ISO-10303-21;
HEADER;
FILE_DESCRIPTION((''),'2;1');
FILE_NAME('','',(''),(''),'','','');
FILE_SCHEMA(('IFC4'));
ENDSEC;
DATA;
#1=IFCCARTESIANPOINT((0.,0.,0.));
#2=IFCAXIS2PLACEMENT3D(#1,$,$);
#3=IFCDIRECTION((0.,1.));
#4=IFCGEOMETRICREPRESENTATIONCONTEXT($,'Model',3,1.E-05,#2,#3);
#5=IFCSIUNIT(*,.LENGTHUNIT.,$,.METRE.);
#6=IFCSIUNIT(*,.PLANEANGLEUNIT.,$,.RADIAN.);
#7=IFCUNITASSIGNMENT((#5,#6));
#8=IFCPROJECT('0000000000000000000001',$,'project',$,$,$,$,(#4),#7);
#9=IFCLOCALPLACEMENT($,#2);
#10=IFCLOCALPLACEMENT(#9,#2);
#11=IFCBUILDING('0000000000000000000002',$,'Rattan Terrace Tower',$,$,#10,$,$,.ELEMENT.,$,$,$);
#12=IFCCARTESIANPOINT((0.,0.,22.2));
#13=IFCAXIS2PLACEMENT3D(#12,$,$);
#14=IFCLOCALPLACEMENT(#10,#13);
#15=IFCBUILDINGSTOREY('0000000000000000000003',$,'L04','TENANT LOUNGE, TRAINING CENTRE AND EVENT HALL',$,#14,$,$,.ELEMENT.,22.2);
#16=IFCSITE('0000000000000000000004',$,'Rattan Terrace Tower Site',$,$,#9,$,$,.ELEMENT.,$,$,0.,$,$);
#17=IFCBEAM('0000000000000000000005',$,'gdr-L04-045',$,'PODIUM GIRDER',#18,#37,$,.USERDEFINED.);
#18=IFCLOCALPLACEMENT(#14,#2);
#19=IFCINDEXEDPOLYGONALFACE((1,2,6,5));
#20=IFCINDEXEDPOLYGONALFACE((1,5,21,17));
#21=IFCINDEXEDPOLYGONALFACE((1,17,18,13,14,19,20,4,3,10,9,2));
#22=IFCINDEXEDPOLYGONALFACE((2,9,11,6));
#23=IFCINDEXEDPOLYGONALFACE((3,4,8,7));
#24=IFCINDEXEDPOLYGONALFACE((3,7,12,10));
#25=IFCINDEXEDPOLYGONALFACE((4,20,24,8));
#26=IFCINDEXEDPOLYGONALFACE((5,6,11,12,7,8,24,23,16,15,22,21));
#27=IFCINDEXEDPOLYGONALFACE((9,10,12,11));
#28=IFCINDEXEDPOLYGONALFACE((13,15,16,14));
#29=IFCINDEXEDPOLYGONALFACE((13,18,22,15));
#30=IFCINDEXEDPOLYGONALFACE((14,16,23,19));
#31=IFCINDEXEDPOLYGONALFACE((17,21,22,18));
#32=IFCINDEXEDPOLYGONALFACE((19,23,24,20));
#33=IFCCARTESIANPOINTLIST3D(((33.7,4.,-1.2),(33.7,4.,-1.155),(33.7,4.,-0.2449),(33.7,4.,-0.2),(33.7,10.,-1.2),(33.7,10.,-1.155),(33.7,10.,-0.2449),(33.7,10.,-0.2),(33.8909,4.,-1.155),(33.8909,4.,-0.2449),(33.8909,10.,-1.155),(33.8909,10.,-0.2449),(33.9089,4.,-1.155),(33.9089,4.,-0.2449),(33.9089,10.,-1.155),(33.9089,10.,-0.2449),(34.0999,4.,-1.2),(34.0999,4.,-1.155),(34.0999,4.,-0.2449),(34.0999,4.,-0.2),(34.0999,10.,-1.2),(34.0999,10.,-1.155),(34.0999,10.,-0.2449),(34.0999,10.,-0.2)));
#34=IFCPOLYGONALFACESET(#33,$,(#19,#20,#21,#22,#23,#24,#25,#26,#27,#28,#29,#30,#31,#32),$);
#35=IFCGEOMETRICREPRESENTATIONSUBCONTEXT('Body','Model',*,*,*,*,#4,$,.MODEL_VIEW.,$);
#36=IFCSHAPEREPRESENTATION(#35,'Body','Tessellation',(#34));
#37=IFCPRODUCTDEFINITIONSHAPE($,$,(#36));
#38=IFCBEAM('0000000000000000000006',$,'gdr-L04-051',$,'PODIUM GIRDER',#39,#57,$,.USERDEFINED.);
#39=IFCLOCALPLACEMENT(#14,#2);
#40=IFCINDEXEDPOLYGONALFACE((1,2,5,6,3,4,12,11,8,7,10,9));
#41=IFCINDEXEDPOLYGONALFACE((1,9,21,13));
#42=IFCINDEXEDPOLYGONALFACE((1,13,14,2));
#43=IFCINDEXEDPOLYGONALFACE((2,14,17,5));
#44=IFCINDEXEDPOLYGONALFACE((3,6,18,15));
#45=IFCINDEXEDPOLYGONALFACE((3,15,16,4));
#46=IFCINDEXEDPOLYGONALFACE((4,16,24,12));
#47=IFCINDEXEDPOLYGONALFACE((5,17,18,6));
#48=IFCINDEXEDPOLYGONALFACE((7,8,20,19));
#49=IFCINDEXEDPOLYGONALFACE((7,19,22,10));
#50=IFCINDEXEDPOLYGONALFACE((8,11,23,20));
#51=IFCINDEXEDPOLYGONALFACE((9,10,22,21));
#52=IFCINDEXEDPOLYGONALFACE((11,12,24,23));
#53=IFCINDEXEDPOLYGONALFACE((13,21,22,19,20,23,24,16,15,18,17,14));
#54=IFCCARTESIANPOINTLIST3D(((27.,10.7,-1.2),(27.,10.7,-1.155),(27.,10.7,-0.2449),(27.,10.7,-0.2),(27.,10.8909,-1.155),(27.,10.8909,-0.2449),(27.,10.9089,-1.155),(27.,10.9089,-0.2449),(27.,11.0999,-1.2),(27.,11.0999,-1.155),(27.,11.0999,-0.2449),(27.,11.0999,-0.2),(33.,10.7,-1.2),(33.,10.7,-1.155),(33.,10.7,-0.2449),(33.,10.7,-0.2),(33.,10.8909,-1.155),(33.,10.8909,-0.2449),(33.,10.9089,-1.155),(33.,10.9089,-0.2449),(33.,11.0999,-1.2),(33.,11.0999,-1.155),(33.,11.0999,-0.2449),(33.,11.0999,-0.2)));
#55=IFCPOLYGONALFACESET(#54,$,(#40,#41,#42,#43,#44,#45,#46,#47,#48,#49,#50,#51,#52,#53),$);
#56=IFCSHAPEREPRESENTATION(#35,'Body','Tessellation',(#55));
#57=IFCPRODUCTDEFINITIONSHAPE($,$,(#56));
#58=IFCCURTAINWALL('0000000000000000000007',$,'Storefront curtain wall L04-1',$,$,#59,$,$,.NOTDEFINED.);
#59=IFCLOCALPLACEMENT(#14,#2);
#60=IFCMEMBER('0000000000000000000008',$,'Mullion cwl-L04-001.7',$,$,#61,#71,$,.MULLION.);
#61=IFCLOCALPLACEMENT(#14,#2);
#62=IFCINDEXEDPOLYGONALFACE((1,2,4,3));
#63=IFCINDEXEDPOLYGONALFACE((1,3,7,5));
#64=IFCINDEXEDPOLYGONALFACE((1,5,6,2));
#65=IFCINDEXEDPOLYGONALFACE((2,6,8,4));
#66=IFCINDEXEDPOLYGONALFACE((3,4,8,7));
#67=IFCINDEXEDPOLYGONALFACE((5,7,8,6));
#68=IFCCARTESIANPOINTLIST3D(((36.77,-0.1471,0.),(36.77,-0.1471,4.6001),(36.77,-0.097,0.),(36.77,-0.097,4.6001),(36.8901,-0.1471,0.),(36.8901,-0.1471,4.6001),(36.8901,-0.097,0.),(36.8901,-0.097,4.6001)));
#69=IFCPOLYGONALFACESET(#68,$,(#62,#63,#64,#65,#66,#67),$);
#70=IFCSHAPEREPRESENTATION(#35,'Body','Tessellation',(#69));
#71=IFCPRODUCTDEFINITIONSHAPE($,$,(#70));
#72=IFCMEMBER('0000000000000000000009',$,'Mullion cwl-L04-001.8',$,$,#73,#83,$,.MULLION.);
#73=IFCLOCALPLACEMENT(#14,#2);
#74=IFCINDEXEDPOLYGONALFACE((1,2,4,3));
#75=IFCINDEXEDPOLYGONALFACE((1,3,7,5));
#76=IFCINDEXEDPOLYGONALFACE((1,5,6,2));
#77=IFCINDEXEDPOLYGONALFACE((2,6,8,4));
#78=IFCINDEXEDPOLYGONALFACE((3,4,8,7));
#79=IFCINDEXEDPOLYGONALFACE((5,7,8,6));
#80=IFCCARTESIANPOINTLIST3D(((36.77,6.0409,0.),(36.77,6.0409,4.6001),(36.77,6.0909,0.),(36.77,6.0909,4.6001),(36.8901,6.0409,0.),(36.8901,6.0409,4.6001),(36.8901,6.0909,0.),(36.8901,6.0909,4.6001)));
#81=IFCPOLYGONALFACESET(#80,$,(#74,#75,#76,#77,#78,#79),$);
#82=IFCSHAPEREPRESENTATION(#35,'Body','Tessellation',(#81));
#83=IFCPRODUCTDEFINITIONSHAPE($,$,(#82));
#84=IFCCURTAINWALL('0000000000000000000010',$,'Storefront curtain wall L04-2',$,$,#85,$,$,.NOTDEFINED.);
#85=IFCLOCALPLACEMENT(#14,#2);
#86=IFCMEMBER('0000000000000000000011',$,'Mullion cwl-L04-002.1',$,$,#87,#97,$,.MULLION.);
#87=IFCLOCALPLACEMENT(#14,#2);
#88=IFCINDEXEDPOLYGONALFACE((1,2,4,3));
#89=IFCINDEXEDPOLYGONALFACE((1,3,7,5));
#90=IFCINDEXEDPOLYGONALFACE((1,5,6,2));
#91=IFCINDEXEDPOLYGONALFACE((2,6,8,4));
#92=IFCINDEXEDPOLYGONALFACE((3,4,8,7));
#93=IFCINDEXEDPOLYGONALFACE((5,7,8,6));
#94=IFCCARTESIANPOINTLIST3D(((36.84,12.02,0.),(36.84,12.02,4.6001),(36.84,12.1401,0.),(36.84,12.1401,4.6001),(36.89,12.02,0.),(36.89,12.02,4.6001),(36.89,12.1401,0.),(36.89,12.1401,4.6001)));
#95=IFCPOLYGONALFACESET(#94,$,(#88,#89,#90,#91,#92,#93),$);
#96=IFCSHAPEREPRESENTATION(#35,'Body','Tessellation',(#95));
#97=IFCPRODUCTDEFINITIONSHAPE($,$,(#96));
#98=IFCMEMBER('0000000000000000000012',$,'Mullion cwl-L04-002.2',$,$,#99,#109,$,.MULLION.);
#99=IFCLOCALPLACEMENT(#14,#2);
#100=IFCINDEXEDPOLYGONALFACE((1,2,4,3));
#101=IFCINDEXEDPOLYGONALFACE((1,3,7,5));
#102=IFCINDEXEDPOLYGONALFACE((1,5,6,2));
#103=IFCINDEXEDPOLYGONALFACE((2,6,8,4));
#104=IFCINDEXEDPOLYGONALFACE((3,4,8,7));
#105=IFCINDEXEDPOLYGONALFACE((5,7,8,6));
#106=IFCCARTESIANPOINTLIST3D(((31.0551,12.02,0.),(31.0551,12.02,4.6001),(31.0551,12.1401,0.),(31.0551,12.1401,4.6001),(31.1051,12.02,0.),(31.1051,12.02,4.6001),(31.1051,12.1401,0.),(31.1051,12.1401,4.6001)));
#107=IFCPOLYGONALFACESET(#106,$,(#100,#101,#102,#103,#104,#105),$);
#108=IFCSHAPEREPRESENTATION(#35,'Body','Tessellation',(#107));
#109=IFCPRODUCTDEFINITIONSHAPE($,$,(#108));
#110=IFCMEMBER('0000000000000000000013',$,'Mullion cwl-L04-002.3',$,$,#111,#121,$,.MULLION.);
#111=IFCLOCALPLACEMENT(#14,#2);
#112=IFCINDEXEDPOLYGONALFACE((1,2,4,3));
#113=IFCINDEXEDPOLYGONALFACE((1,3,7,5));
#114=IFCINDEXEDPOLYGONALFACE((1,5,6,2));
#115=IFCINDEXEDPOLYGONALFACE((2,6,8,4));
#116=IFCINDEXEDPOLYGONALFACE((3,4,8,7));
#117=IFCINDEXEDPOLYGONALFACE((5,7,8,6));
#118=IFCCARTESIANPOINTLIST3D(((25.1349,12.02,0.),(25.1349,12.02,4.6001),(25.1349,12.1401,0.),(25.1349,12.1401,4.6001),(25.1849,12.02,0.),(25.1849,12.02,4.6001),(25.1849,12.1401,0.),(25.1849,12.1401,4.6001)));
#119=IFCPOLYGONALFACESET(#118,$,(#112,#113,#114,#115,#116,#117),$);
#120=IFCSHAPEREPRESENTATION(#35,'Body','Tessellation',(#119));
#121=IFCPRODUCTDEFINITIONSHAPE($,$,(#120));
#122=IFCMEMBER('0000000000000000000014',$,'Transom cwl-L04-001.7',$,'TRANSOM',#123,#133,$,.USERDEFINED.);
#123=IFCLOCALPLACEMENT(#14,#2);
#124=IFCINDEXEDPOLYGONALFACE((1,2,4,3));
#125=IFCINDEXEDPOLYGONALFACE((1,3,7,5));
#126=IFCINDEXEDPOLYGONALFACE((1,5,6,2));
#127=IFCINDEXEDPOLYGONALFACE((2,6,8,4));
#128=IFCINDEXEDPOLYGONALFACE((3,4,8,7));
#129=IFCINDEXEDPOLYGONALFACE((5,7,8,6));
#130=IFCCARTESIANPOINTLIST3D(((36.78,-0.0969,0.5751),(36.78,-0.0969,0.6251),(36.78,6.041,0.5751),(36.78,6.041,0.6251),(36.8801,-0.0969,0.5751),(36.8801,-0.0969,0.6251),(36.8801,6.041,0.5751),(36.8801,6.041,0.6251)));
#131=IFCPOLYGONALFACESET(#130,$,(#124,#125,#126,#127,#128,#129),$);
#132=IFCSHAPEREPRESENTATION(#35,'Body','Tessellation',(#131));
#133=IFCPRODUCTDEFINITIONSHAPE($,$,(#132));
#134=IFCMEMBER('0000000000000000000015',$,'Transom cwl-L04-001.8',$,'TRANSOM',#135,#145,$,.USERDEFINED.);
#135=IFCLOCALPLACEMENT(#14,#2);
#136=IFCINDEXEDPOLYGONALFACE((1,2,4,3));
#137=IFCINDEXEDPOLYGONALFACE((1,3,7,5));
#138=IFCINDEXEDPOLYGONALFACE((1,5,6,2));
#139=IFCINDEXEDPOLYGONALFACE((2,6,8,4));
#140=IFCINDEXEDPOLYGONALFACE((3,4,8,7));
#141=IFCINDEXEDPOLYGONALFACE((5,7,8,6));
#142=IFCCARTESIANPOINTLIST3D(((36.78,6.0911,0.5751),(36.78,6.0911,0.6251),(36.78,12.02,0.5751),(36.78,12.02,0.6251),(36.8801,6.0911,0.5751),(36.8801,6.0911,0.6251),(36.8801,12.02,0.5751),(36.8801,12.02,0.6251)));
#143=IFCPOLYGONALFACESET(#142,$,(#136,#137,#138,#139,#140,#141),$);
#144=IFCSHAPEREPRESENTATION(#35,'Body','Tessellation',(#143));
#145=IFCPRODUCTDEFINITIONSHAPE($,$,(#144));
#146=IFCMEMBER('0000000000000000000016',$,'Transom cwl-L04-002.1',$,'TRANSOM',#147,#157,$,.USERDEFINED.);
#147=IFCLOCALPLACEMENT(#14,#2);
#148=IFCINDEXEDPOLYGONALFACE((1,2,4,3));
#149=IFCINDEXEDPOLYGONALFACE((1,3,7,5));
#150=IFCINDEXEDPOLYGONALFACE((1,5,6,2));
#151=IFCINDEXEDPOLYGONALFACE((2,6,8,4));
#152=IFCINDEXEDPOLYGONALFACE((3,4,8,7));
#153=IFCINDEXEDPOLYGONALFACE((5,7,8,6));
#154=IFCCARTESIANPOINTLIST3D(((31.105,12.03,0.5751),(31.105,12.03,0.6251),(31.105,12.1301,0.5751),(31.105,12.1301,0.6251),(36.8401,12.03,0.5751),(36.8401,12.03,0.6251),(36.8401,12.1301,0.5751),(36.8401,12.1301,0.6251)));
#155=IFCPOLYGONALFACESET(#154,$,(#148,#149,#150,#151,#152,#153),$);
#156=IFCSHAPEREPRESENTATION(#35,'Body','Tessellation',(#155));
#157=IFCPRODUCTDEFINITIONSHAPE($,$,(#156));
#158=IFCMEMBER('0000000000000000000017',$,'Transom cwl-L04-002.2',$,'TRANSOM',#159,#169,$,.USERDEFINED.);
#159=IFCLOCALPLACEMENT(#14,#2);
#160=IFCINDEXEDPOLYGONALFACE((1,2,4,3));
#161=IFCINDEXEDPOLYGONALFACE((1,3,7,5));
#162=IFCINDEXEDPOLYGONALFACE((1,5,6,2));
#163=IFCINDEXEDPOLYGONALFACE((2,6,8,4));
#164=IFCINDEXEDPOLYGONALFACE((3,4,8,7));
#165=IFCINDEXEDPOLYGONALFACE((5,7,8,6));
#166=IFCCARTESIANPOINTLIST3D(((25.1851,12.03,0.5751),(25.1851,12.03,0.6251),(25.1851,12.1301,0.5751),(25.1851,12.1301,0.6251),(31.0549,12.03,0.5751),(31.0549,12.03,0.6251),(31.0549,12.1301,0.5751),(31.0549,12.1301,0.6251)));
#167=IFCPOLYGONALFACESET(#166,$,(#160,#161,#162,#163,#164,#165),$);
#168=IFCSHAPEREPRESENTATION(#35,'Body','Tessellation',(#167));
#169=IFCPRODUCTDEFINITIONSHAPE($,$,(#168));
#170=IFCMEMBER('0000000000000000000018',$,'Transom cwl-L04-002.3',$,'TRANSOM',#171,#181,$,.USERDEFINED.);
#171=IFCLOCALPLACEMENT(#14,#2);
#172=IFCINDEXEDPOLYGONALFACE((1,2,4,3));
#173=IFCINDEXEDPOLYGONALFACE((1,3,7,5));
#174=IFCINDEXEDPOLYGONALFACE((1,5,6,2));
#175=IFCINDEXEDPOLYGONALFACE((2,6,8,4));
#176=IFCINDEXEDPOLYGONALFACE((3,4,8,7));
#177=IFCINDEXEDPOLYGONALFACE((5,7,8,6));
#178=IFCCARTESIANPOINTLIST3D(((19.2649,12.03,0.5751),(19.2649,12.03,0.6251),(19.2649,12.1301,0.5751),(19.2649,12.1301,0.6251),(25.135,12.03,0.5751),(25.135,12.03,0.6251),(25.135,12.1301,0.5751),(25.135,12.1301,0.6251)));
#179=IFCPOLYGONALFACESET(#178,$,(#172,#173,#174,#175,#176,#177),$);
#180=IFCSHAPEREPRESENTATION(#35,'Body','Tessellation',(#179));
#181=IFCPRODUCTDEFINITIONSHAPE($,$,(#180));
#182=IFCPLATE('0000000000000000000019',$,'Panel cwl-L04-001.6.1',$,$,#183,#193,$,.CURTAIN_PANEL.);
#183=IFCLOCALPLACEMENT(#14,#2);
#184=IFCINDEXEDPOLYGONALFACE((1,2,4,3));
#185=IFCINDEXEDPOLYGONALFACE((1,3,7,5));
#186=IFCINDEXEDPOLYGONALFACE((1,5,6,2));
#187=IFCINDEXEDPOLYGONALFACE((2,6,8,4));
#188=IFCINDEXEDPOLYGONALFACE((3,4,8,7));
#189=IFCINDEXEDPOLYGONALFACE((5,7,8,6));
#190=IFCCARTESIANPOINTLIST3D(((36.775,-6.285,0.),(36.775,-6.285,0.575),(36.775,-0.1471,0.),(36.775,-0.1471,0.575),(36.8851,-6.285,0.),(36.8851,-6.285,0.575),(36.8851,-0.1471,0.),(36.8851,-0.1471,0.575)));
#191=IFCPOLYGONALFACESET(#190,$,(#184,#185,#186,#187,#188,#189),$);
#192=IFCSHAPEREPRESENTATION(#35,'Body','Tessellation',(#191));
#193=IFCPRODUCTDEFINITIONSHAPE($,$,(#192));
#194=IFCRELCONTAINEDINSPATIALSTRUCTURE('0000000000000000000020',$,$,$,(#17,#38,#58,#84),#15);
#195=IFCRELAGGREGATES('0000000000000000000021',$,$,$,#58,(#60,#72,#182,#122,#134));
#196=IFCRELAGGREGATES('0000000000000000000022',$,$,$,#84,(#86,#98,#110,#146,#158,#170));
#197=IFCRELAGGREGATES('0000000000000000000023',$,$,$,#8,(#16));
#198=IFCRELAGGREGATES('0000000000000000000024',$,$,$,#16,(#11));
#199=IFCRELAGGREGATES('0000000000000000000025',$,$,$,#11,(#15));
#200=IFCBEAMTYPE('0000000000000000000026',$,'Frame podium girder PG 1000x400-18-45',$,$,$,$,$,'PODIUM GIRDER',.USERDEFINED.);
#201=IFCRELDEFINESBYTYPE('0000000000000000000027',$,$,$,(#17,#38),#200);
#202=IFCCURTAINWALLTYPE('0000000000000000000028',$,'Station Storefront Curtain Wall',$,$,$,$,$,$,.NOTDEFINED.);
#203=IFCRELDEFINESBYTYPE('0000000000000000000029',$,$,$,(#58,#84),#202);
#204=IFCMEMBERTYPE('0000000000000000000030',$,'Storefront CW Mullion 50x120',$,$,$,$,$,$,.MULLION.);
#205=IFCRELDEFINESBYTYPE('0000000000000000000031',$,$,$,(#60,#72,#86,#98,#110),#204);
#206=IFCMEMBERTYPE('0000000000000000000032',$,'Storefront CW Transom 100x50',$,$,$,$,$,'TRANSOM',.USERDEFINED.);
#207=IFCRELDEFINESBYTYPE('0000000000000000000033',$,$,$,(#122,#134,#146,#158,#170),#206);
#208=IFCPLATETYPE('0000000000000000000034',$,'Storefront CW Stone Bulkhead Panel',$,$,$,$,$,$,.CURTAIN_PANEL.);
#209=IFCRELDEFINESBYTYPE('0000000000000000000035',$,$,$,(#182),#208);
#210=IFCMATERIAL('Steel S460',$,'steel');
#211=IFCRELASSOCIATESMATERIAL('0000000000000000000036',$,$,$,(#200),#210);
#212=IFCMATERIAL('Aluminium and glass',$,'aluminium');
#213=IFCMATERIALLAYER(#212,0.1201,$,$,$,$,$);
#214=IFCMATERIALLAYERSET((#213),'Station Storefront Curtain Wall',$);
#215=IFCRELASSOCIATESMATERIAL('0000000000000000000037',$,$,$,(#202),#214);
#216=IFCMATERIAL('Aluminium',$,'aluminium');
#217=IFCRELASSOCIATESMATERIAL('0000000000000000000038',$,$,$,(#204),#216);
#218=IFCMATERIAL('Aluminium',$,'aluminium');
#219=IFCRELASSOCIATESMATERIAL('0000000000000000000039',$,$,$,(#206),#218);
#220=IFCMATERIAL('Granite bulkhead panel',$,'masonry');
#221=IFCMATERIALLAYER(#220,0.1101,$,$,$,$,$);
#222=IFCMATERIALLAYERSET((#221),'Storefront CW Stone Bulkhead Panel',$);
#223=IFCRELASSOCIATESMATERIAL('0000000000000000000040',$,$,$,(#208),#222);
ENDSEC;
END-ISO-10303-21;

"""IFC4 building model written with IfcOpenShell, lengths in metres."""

from ifc_helpers import new_model, si_unit, direction, frame, origin, origin_2d, place, context, subcontext, project, spatial, rectangle, i_section, extrude, material, layer, layer_set, material_profile, profile_set, type_object, element, aggregate, save


model = new_model("IFC4")

# Units and contexts
model_context = context("Model", 3, precision=1e-05, world=origin(), true_north=direction((0.0, 1.0)))
body_context = subcontext(model_context, "Body", "Model", "MODEL_VIEW")
ifc_project = project(units=[si_unit("LENGTHUNIT", "METRE"), si_unit("PLANEANGLEUNIT", "RADIAN")], contexts=[model_context])

# Site, building, storey
site_placement = place(None, origin())
site = spatial("IfcSite", under=ifc_project, at=site_placement, Name="Rattan Terrace Tower Site", CompositionType="ELEMENT", RefElevation=0.0)
building_placement = place(site_placement, origin())
building = spatial("IfcBuilding", under=site, at=building_placement, Name="Rattan Terrace Tower", CompositionType="ELEMENT")
storey_placement = place(building_placement, frame((0.0, 0.0, 22.2)))
storey = spatial("IfcBuildingStorey", under=building, at=storey_placement, Name="L04", Description="TENANT LOUNGE, TRAINING CENTRE AND EVENT HALL", CompositionType="ELEMENT", Elevation=22.2)

# Beams
ifc_material_1 = material(Name="Steel S460", Category="steel")
ifc_material_profile_1 = material_profile(ifc_material_1, i_section(OverallWidth=0.3999, OverallDepth=1.0, WebThickness=0.0181, FlangeThickness=0.0449, at=origin_2d()), Name="PG 1000x400-18-45")
ifc_profile_set_1 = profile_set([ifc_material_profile_1], Name="Steel S460")
beam_type_1 = type_object("IfcBeamType", Name="Frame podium girder PG 1000x400-18-45", ElementType="PODIUM GIRDER", PredefinedType="USERDEFINED", material=ifc_profile_set_1)
for number, where, z_axis, x_axis, name in (
    (1, (33.8999, 4.0, -0.7), (0.0, 1.0, 0.0), (-1.0, 0.0, 0.0), "gdr-L04-045"),
    (2, (27.0, 10.8999, -0.7), (1.0, 0.0, 0.0), (0.0, 1.0, 0.0), "gdr-L04-051"),
):
    element("IfcBeam", number, at=place(storey_placement, frame(where, z_axis=z_axis, x_axis=x_axis)), inside=storey, type_object=beam_type_1, Name=name, ObjectType="PODIUM GIRDER", PredefinedType="USERDEFINED", context=body_context, shape_type="SweptSolid", body=[
        extrude(i_section(OverallWidth=0.3999, OverallDepth=1.0, WebThickness=0.0181, FlangeThickness=0.0449, at=origin_2d()), origin(), (0.0, 0.0, 1.0), 6.0),
    ])

# Curtain walls, members
ifc_material_2 = material(Name="Aluminium and glass", Category="aluminium")
ifc_layer_1 = layer(ifc_material_2, 0.1201)
ifc_layer_set_1 = layer_set([ifc_layer_1], Name="Station Storefront Curtain Wall")
curtain_wall_type = type_object("IfcCurtainWallType", Name="Station Storefront Curtain Wall", PredefinedType="NOTDEFINED", material=ifc_layer_set_1)
curtain_wall_1_placement = place(storey_placement, origin())
curtain_wall_1 = element("IfcCurtainWall", 3, at=curtain_wall_1_placement, inside=storey, type_object=curtain_wall_type, Name="Storefront curtain wall L04-1", PredefinedType="NOTDEFINED")
ifc_material_3 = material(Name="Aluminium", Category="aluminium")
ifc_material_profile_2 = material_profile(ifc_material_3, rectangle(XDim=0.05, YDim=0.1201, at=origin_2d()), Name="Aluminium 50x120")
ifc_profile_set_2 = profile_set([ifc_material_profile_2], Name="Aluminium")
member_type_1 = type_object("IfcMemberType", Name="Storefront CW Mullion 50x120", PredefinedType="MULLION", material=ifc_profile_set_2)
member_1_placement = place(storey_placement, frame((36.8301, -0.1221, 0.0), z_axis=(0.0, 0.0, 1.0), x_axis=(0.0, 1.0, 0.0)))
member_1 = element("IfcMember", 4, at=member_1_placement, type_object=member_type_1, Name="Mullion cwl-L04-001.7", PredefinedType="MULLION", context=body_context, shape_type="SweptSolid", body=[
    extrude(rectangle(XDim=0.05, YDim=0.1201, at=origin_2d()), origin(), (0.0, 0.0, 1.0), 4.6001),
])
member_2_placement = place(storey_placement, frame((36.8301, 6.0659, 0.0), z_axis=(0.0, 0.0, 1.0), x_axis=(0.0, 1.0, 0.0)))
member_2 = element("IfcMember", 5, at=member_2_placement, type_object=member_type_1, Name="Mullion cwl-L04-001.8", PredefinedType="MULLION", context=body_context, shape_type="SweptSolid", body=[
    extrude(rectangle(XDim=0.05, YDim=0.1201, at=origin_2d()), origin(), (0.0, 0.0, 1.0), 4.6001),
])
curtain_wall_2_placement = place(storey_placement, origin())
curtain_wall_2 = element("IfcCurtainWall", 6, at=curtain_wall_2_placement, inside=storey, type_object=curtain_wall_type, Name="Storefront curtain wall L04-2", PredefinedType="NOTDEFINED")
member_3_placement = place(storey_placement, frame((36.865, 12.0801, 0.0), z_axis=(0.0, 0.0, 1.0), x_axis=(-1.0, 0.0, 0.0)))
member_3 = element("IfcMember", 7, at=member_3_placement, type_object=member_type_1, Name="Mullion cwl-L04-002.1", PredefinedType="MULLION", context=body_context, shape_type="SweptSolid", body=[
    extrude(rectangle(XDim=0.05, YDim=0.1201, at=origin_2d()), origin(), (0.0, 0.0, 1.0), 4.6001),
])
member_4_placement = place(storey_placement, frame((31.0801, 12.0801, 0.0), z_axis=(0.0, 0.0, 1.0), x_axis=(-1.0, 0.0, 0.0)))
member_4 = element("IfcMember", 8, at=member_4_placement, type_object=member_type_1, Name="Mullion cwl-L04-002.2", PredefinedType="MULLION", context=body_context, shape_type="SweptSolid", body=[
    extrude(rectangle(XDim=0.05, YDim=0.1201, at=origin_2d()), origin(), (0.0, 0.0, 1.0), 4.6001),
])
member_5_placement = place(storey_placement, frame((25.1599, 12.0801, 0.0), z_axis=(0.0, 0.0, 1.0), x_axis=(-1.0, 0.0, 0.0)))
member_5 = element("IfcMember", 9, at=member_5_placement, type_object=member_type_1, Name="Mullion cwl-L04-002.3", PredefinedType="MULLION", context=body_context, shape_type="SweptSolid", body=[
    extrude(rectangle(XDim=0.05, YDim=0.1201, at=origin_2d()), origin(), (0.0, 0.0, 1.0), 4.6001),
])

# Members
ifc_material_4 = material(Name="Aluminium", Category="aluminium")
ifc_material_profile_3 = material_profile(ifc_material_4, rectangle(XDim=0.1001, YDim=0.05, at=origin_2d()), Name="Aluminium 100x50")
ifc_profile_set_3 = profile_set([ifc_material_profile_3], Name="Aluminium")
member_type_2 = type_object("IfcMemberType", Name="Storefront CW Transom 100x50", ElementType="TRANSOM", PredefinedType="USERDEFINED", material=ifc_profile_set_3)
member_6_placement = place(storey_placement, frame((36.8301, -0.0969, 0.6001), z_axis=(0.0, 1.0, 0.0), x_axis=(-1.0, 0.0, 0.0)))
member_6 = element("IfcMember", 10, at=member_6_placement, type_object=member_type_2, Name="Transom cwl-L04-001.7", ObjectType="TRANSOM", PredefinedType="USERDEFINED", context=body_context, shape_type="SweptSolid", body=[
    extrude(rectangle(XDim=0.1001, YDim=0.05, at=origin_2d()), origin(), (0.0, 0.0, 1.0), 6.1379),
])
member_7_placement = place(storey_placement, frame((36.8301, 6.0911, 0.6001), z_axis=(0.0, 1.0, 0.0), x_axis=(-1.0, 0.0, 0.0)))
member_7 = element("IfcMember", 11, at=member_7_placement, type_object=member_type_2, Name="Transom cwl-L04-001.8", ObjectType="TRANSOM", PredefinedType="USERDEFINED", context=body_context, shape_type="SweptSolid", body=[
    extrude(rectangle(XDim=0.1001, YDim=0.05, at=origin_2d()), origin(), (0.0, 0.0, 1.0), 5.929),
])
member_8_placement = place(storey_placement, frame((36.8401, 12.0801, 0.6001), z_axis=(-1.0, 0.0, 0.0), x_axis=(0.0, -1.0, 0.0)))
member_8 = element("IfcMember", 12, at=member_8_placement, type_object=member_type_2, Name="Transom cwl-L04-002.1", ObjectType="TRANSOM", PredefinedType="USERDEFINED", context=body_context, shape_type="SweptSolid", body=[
    extrude(rectangle(XDim=0.1001, YDim=0.05, at=origin_2d()), origin(), (0.0, 0.0, 1.0), 5.7351),
])
member_9_placement = place(storey_placement, frame((31.0549, 12.0801, 0.6001), z_axis=(-1.0, 0.0, 0.0), x_axis=(0.0, -1.0, 0.0)))
member_9 = element("IfcMember", 13, at=member_9_placement, type_object=member_type_2, Name="Transom cwl-L04-002.2", ObjectType="TRANSOM", PredefinedType="USERDEFINED", context=body_context, shape_type="SweptSolid", body=[
    extrude(rectangle(XDim=0.1001, YDim=0.05, at=origin_2d()), origin(), (0.0, 0.0, 1.0), 5.8699),
])
member_10_placement = place(storey_placement, frame((25.135, 12.0801, 0.6001), z_axis=(-1.0, 0.0, 0.0), x_axis=(0.0, -1.0, 0.0)))
member_10 = element("IfcMember", 14, at=member_10_placement, type_object=member_type_2, Name="Transom cwl-L04-002.3", ObjectType="TRANSOM", PredefinedType="USERDEFINED", context=body_context, shape_type="SweptSolid", body=[
    extrude(rectangle(XDim=0.1001, YDim=0.05, at=origin_2d()), origin(), (0.0, 0.0, 1.0), 5.8701),
])

# Plate
ifc_material_5 = material(Name="Granite bulkhead panel", Category="masonry")
ifc_layer_2 = layer(ifc_material_5, 0.1101)
ifc_layer_set_2 = layer_set([ifc_layer_2], Name="Storefront CW Stone Bulkhead Panel")
plate_type_1 = type_object("IfcPlateType", Name="Storefront CW Stone Bulkhead Panel", PredefinedType="CURTAIN_PANEL", material=ifc_layer_set_2)
plate_1_placement = place(storey_placement, frame((36.8301, -3.2161, 0.0), z_axis=(0.0, 0.0, 1.0), x_axis=(0.0, 1.0, 0.0)))
plate_1 = element("IfcPlate", 15, at=plate_1_placement, type_object=plate_type_1, Name="Panel cwl-L04-001.6.1", PredefinedType="CURTAIN_PANEL", context=body_context, shape_type="SweptSolid", body=[
    extrude(rectangle(XDim=6.1379, YDim=0.1101, at=origin_2d()), origin(), (0.0, 0.0, 1.0), 0.575),
])
aggregate(curtain_wall_1, [member_1, member_2, plate_1, member_6, member_7])
aggregate(curtain_wall_2, [member_3, member_4, member_5, member_8, member_9, member_10])

save(model, "model.ifc")
